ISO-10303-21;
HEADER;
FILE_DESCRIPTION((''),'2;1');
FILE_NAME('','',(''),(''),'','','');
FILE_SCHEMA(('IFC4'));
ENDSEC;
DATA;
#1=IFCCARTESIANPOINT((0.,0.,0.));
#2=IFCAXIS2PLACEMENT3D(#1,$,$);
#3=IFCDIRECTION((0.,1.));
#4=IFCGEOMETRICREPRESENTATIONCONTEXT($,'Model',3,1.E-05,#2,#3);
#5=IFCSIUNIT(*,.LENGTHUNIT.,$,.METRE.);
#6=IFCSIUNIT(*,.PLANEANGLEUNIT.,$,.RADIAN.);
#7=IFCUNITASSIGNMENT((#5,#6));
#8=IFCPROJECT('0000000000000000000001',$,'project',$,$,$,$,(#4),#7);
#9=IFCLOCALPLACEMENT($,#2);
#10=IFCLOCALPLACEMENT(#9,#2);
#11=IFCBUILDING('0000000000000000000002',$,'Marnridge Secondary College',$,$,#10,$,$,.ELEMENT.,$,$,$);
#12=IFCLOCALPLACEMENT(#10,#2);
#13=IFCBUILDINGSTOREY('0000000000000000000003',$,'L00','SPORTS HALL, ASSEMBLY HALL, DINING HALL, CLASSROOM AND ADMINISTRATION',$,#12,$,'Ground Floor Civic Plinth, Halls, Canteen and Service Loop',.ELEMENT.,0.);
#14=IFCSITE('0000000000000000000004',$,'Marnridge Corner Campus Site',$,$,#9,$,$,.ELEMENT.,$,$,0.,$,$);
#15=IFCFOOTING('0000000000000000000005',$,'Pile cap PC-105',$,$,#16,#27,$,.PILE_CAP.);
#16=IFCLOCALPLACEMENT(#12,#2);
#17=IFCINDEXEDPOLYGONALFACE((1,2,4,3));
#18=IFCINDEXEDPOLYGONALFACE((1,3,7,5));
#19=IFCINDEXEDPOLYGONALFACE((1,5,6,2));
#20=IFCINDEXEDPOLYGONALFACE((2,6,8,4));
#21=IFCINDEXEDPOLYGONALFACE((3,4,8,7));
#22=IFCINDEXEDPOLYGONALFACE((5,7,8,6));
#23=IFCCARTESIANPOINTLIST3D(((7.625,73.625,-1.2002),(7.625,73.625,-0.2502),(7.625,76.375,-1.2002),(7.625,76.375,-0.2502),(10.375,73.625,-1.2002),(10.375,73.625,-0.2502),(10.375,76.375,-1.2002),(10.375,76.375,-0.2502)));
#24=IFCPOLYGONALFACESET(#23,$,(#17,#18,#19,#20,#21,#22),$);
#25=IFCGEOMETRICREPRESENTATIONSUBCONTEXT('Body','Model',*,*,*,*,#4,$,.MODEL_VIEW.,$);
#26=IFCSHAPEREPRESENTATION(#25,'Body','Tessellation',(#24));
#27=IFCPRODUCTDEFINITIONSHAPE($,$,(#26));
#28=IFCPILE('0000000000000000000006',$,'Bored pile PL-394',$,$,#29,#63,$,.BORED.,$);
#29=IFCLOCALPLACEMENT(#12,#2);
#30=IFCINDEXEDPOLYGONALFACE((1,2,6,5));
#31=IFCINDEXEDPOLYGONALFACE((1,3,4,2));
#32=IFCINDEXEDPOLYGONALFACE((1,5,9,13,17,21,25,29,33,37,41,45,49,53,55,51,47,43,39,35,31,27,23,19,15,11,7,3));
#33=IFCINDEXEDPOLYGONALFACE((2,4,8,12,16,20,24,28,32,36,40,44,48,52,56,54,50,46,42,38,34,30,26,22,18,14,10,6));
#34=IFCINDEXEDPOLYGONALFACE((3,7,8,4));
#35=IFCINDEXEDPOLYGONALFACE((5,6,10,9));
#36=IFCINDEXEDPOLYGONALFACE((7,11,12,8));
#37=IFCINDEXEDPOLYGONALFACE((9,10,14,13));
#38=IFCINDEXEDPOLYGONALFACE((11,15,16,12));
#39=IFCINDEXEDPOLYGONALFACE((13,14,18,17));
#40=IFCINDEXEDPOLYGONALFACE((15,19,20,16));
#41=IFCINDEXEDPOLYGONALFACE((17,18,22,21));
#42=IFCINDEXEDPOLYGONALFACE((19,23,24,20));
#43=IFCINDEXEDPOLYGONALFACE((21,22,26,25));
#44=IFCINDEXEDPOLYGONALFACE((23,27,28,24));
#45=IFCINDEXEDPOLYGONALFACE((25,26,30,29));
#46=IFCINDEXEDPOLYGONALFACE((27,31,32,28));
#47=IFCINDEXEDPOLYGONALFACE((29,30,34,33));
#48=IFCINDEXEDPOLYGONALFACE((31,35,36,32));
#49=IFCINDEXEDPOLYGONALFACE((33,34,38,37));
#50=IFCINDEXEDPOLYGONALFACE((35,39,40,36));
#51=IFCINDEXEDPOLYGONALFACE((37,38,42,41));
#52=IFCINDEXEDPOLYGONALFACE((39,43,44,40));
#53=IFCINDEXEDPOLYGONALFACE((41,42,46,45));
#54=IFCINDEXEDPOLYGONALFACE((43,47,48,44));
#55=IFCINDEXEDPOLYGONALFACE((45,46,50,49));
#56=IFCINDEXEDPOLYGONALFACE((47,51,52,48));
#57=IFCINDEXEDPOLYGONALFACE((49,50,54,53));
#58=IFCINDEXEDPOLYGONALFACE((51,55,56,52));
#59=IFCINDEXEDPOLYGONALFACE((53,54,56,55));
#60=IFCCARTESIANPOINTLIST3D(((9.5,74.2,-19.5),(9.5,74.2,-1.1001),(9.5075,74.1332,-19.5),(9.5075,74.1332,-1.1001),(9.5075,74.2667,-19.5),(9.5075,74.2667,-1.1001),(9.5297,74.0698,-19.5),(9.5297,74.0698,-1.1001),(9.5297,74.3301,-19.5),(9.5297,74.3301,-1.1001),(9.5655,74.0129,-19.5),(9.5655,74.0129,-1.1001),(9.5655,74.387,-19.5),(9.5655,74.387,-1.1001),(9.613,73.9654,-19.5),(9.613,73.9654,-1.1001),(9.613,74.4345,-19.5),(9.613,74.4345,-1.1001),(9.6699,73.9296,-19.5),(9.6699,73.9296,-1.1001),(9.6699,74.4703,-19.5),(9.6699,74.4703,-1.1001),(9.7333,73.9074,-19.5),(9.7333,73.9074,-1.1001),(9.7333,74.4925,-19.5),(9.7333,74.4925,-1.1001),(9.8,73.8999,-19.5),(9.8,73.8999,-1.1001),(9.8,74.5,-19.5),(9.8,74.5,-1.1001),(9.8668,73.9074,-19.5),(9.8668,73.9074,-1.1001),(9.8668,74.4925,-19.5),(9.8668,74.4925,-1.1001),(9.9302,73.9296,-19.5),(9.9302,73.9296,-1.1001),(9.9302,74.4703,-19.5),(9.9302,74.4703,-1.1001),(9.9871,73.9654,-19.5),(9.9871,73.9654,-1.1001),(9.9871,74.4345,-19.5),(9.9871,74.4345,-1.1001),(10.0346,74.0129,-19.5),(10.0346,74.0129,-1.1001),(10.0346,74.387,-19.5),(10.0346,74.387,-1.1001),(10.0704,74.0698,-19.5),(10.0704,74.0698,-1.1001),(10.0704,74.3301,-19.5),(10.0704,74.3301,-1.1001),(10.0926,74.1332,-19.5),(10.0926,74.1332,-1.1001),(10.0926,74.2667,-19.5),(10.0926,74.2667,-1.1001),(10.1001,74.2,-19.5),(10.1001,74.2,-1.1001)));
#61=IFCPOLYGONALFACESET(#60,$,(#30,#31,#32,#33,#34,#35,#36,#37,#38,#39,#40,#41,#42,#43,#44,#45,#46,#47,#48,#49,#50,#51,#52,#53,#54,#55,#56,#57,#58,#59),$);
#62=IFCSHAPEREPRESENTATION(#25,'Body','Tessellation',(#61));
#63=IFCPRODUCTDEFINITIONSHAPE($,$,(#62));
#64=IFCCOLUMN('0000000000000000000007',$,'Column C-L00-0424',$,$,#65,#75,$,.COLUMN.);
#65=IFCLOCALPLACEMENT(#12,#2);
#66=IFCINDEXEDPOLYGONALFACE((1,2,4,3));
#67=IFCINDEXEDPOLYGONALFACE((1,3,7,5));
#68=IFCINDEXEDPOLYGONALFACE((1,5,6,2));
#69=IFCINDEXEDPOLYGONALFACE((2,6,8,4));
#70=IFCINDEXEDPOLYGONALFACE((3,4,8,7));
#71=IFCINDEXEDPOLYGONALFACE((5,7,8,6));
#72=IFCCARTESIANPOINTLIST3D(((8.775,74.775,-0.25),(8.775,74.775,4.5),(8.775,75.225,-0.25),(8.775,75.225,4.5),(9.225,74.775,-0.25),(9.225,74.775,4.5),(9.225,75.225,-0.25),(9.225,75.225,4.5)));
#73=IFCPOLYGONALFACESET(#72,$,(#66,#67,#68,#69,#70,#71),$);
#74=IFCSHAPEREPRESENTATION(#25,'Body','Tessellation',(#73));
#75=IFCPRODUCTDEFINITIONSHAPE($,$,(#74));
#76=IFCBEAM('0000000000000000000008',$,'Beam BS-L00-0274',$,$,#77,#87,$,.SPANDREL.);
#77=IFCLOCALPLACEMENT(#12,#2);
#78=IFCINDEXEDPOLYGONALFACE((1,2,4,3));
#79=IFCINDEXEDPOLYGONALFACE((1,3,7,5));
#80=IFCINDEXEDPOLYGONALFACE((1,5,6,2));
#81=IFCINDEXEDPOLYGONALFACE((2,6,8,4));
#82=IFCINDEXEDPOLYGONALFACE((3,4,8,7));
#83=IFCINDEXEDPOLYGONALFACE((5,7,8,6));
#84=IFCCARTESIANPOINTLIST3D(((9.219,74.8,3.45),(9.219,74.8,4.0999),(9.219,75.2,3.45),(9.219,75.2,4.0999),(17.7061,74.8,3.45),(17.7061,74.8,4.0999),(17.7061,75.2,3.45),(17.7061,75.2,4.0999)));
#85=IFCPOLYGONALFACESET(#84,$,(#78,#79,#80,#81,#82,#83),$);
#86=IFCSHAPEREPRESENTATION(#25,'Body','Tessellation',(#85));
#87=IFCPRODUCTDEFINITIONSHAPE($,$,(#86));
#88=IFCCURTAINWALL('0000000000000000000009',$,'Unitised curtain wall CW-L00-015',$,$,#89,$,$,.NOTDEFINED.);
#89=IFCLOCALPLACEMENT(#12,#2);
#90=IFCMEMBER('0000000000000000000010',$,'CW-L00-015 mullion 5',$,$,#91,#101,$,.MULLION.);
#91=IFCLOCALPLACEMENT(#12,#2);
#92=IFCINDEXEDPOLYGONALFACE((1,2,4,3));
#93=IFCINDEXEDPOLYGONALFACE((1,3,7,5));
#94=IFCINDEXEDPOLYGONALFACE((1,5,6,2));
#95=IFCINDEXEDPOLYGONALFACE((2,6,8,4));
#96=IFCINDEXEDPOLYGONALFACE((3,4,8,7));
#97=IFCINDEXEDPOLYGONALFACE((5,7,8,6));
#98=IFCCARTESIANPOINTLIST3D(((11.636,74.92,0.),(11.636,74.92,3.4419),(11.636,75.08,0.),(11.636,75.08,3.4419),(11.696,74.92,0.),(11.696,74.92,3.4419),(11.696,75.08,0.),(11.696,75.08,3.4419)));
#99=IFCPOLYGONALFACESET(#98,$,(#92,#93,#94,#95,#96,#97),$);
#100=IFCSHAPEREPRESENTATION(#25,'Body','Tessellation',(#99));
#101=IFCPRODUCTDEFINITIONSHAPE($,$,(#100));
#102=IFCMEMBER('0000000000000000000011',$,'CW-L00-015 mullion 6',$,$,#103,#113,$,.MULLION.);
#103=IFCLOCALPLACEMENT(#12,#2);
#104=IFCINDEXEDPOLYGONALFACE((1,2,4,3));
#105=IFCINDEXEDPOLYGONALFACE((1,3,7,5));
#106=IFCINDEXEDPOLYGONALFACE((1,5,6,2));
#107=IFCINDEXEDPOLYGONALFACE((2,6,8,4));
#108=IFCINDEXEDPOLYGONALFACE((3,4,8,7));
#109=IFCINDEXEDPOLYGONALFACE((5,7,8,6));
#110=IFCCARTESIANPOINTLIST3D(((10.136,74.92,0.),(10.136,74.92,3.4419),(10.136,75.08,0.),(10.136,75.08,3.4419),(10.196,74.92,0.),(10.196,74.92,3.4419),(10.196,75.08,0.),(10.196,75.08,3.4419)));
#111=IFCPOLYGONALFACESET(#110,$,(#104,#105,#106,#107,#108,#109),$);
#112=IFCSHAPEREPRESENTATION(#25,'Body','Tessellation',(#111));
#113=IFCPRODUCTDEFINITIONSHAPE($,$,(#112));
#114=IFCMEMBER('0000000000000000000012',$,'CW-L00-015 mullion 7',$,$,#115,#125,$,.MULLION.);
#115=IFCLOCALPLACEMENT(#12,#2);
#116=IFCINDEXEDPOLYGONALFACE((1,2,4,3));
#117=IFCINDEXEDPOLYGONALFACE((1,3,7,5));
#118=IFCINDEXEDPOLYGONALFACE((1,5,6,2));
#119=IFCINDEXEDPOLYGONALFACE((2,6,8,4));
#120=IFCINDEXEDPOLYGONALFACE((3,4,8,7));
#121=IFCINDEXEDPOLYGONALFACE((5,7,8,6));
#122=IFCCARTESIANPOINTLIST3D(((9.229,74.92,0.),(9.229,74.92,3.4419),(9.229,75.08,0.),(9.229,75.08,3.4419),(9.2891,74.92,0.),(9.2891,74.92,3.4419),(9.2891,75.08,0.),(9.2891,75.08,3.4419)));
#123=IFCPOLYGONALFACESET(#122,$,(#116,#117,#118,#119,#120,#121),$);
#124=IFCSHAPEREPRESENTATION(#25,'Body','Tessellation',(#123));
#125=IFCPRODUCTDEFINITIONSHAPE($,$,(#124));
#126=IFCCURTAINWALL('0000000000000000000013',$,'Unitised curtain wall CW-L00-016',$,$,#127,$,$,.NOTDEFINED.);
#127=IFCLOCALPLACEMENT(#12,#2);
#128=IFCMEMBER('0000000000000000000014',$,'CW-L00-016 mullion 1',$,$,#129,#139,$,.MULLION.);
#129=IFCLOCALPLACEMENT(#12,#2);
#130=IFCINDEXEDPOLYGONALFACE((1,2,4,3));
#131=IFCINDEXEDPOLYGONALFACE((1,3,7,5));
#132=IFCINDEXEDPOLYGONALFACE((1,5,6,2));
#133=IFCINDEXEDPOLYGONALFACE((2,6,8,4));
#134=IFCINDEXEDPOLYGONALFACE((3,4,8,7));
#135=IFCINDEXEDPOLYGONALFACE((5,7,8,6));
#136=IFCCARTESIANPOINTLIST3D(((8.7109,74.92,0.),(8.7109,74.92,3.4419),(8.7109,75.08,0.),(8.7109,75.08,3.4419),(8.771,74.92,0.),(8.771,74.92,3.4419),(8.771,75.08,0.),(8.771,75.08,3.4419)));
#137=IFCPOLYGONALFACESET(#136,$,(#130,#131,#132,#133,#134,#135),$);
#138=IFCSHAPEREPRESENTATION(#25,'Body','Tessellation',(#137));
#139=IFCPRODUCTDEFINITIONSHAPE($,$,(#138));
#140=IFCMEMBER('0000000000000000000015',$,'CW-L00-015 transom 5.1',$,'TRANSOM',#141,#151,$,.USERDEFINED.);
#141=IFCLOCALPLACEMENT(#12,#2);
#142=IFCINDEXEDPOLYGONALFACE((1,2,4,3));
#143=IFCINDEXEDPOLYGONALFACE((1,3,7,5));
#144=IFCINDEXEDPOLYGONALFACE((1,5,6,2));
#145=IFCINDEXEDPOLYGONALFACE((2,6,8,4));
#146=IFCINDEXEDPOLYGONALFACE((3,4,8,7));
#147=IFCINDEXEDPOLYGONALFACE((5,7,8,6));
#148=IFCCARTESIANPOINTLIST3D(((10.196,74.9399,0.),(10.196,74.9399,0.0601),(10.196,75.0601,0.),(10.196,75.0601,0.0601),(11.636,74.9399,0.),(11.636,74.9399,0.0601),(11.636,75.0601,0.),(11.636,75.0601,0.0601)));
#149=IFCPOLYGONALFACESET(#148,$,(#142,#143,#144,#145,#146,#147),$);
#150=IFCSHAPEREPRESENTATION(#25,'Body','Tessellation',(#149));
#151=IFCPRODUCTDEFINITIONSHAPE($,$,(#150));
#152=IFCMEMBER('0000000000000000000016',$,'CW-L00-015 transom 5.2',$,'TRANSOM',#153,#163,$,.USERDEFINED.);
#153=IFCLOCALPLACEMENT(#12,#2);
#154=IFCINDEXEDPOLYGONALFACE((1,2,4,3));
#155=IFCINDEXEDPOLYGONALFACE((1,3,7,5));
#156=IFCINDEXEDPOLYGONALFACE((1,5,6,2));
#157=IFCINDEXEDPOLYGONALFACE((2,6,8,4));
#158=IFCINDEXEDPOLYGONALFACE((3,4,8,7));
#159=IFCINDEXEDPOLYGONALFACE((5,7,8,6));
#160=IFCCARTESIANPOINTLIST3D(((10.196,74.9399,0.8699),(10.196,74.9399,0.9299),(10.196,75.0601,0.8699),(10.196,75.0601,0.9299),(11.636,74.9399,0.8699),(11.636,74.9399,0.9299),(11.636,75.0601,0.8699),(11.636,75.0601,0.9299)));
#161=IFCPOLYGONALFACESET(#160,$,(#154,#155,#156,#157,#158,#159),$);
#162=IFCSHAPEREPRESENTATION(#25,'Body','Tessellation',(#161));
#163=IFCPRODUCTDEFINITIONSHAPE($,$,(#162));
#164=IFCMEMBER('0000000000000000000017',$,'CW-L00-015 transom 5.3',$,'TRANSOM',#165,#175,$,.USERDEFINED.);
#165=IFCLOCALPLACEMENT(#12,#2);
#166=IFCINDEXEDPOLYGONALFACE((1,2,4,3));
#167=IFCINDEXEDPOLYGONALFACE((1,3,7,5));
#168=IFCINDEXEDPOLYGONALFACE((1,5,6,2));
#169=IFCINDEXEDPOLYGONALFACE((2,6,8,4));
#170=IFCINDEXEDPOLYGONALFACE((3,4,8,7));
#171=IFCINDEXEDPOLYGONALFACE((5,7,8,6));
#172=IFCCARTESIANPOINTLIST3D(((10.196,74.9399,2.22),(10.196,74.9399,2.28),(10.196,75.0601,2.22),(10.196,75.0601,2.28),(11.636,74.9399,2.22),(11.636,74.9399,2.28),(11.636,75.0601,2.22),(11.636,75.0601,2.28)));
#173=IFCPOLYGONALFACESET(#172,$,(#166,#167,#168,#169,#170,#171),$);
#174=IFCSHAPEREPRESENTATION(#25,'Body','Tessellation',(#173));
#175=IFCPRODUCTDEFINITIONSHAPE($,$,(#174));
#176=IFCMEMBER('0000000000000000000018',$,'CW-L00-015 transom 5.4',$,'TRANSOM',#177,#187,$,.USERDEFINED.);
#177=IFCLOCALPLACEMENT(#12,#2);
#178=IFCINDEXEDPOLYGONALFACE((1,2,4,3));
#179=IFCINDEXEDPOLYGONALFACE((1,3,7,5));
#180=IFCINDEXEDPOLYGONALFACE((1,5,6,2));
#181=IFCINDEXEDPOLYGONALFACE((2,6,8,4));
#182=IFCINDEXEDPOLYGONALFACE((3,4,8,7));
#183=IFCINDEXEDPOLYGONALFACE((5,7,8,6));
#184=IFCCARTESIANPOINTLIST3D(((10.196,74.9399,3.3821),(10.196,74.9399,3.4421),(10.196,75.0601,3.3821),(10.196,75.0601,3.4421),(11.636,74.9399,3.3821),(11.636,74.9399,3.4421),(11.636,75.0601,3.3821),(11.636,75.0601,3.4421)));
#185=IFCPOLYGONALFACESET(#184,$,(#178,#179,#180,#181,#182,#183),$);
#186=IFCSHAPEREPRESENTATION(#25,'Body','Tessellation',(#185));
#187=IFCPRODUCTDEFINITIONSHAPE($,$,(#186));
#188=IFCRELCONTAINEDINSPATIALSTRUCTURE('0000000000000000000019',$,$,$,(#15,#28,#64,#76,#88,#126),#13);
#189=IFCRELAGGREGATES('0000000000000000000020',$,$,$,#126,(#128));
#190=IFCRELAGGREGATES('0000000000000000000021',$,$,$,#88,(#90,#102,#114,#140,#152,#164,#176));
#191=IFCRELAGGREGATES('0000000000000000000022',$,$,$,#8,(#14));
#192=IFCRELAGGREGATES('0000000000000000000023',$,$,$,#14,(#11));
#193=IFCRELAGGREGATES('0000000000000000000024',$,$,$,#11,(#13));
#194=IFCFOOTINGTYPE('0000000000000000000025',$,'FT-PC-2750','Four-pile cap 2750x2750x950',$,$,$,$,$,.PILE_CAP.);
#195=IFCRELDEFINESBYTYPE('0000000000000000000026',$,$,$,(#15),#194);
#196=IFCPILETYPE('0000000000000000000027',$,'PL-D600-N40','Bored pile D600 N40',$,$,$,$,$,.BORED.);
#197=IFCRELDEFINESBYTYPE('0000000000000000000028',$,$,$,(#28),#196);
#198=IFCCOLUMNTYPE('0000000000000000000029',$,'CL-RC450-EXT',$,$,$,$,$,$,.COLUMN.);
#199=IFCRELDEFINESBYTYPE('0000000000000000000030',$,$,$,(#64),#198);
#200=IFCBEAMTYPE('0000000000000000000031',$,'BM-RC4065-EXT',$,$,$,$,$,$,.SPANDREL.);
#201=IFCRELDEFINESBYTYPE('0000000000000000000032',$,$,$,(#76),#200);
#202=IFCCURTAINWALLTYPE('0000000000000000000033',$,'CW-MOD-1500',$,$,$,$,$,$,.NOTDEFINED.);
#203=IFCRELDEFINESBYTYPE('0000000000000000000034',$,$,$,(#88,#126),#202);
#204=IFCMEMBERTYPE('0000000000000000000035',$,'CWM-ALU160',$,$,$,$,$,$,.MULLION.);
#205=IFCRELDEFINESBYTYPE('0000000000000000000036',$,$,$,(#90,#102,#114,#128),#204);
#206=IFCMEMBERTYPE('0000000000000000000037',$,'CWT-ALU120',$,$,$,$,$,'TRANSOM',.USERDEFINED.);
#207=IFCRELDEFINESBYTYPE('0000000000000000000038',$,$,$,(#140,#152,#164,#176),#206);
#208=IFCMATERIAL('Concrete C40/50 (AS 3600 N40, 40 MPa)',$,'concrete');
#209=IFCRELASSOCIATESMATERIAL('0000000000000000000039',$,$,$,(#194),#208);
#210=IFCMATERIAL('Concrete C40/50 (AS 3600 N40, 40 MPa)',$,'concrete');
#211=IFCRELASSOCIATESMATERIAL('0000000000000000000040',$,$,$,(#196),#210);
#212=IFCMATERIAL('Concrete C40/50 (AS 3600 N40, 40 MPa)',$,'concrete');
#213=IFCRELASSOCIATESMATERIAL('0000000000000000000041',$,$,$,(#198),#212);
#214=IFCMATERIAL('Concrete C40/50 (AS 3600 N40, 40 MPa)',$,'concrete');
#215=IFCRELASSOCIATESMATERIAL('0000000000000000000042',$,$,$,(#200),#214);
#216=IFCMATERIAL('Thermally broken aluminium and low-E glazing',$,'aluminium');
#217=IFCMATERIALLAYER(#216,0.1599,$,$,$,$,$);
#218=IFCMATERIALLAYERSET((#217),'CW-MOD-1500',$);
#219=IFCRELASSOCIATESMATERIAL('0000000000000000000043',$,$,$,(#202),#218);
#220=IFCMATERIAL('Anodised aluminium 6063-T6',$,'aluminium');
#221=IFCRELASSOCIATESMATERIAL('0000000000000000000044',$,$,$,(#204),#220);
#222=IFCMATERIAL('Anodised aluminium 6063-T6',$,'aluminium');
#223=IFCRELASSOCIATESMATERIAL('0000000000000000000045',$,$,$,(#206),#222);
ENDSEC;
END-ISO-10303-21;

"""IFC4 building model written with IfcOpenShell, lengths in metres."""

from ifc_helpers import new_model, si_unit, direction, frame, origin, origin_2d, place, context, subcontext, project, spatial, rectangle, circle, extrude, material, layer, layer_set, material_profile, profile_set, type_object, element, aggregate, save


model = new_model("IFC4")

# Units and contexts
model_context = context("Model", 3, precision=1e-05, world=origin(), true_north=direction((0.0, 1.0)))
body_context = subcontext(model_context, "Body", "Model", "MODEL_VIEW")
ifc_project = project(units=[si_unit("LENGTHUNIT", "METRE"), si_unit("PLANEANGLEUNIT", "RADIAN")], contexts=[model_context])

# Site, building, storey
site_placement = place(None, origin())
site = spatial("IfcSite", under=ifc_project, at=site_placement, Name="Marnridge Corner Campus Site", CompositionType="ELEMENT", RefElevation=0.0)
building_placement = place(site_placement, origin())
building = spatial("IfcBuilding", under=site, at=building_placement, Name="Marnridge Secondary College", CompositionType="ELEMENT")
storey_placement = place(building_placement, origin())
storey = spatial("IfcBuildingStorey", under=building, at=storey_placement, Name="L00", Description="SPORTS HALL, ASSEMBLY HALL, DINING HALL, CLASSROOM AND ADMINISTRATION", LongName="Ground Floor Civic Plinth, Halls, Canteen and Service Loop", CompositionType="ELEMENT", Elevation=0.0)

# Footing
ifc_material_1 = material(Name="Concrete C40/50 (AS 3600 N40, 40 MPa)", Category="concrete")
footing_type = type_object("IfcFootingType", Name="FT-PC-2750", Description="Four-pile cap 2750x2750x950", PredefinedType="PILE_CAP", material=ifc_material_1)
footing_placement = place(storey_placement, frame((9.0, 75.0, -1.2002), z_axis=(0.0, 0.0, 1.0), x_axis=(1.0, 0.0, 0.0)))
element("IfcFooting", 1, at=footing_placement, inside=storey, type_object=footing_type, Name="Pile cap PC-105", PredefinedType="PILE_CAP", context=body_context, shape_type="SweptSolid", body=[
    extrude(rectangle(XDim=2.75, YDim=2.75, at=origin_2d()), origin(), (0.0, 0.0, 1.0), 0.95),
])

# Pile
ifc_material_2 = material(Name="Concrete C40/50 (AS 3600 N40, 40 MPa)", Category="concrete")
ifc_material_profile_1 = material_profile(ifc_material_2, circle(Radius=0.3, at=origin_2d()), Name="PILE D600")
ifc_profile_set_1 = profile_set([ifc_material_profile_1], Name="Concrete C40/50 (AS 3600 N40, 40 MPa)")
pile_type = type_object("IfcPileType", Name="PL-D600-N40", Description="Bored pile D600 N40", PredefinedType="BORED", material=ifc_profile_set_1)
pile_placement = place(storey_placement, frame((9.8, 74.2, -1.1001), z_axis=(0.0, 0.0, -1.0), x_axis=(1.0, 0.0, 0.0)))
element("IfcPile", 2, at=pile_placement, inside=storey, type_object=pile_type, Name="Bored pile PL-394", PredefinedType="BORED", context=body_context, shape_type="SweptSolid", body=[
    extrude(circle(Radius=0.3, at=origin_2d()), origin(), (0.0, 0.0, 1.0), 18.3999),
])

# Column
ifc_material_3 = material(Name="Concrete C40/50 (AS 3600 N40, 40 MPa)", Category="concrete")
ifc_material_profile_2 = material_profile(ifc_material_3, rectangle(XDim=0.45, YDim=0.45, at=origin_2d()), Name="RC 450x450")
ifc_profile_set_2 = profile_set([ifc_material_profile_2], Name="Concrete C40/50 (AS 3600 N40, 40 MPa)")
column_type = type_object("IfcColumnType", Name="CL-RC450-EXT", PredefinedType="COLUMN", material=ifc_profile_set_2)
column_placement = place(storey_placement, frame((9.0, 75.0, -0.25), z_axis=(0.0, 0.0, 1.0), x_axis=(1.0, 0.0, 0.0)))
element("IfcColumn", 3, at=column_placement, inside=storey, type_object=column_type, Name="Column C-L00-0424", PredefinedType="COLUMN", context=body_context, shape_type="SweptSolid", body=[
    extrude(rectangle(XDim=0.45, YDim=0.45, at=origin_2d()), origin(), (0.0, 0.0, 1.0), 4.75),
])

# Beam
ifc_material_4 = material(Name="Concrete C40/50 (AS 3600 N40, 40 MPa)", Category="concrete")
ifc_material_profile_3 = material_profile(ifc_material_4, rectangle(XDim=0.3999, YDim=0.6499, at=origin_2d()), Name="RC 400x650")
ifc_profile_set_3 = profile_set([ifc_material_profile_3], Name="Concrete C40/50 (AS 3600 N40, 40 MPa)")
beam_type = type_object("IfcBeamType", Name="BM-RC4065-EXT", PredefinedType="SPANDREL", material=ifc_profile_set_3)
beam_placement = place(storey_placement, frame((9.219, 75.0, 3.7749), z_axis=(1.0, 0.0, 0.0), x_axis=(0.0, 1.0, 0.0)))
element("IfcBeam", 4, at=beam_placement, inside=storey, type_object=beam_type, Name="Beam BS-L00-0274", PredefinedType="SPANDREL", context=body_context, shape_type="SweptSolid", body=[
    extrude(rectangle(XDim=0.3999, YDim=0.6499, at=origin_2d()), origin(), (0.0, 0.0, 1.0), 8.4871),
])

# Curtain wall, members
ifc_material_5 = material(Name="Thermally broken aluminium and low-E glazing", Category="aluminium")
ifc_layer_1 = layer(ifc_material_5, 0.1599)
ifc_layer_set_1 = layer_set([ifc_layer_1], Name="CW-MOD-1500")
curtain_wall_type = type_object("IfcCurtainWallType", Name="CW-MOD-1500", PredefinedType="NOTDEFINED", material=ifc_layer_set_1)
curtain_wall_1_placement = place(storey_placement, origin())
curtain_wall_1 = element("IfcCurtainWall", 5, at=curtain_wall_1_placement, inside=storey, type_object=curtain_wall_type, Name="Unitised curtain wall CW-L00-015", PredefinedType="NOTDEFINED")
ifc_material_6 = material(Name="Anodised aluminium 6063-T6", Category="aluminium")
ifc_material_profile_4 = material_profile(ifc_material_6, rectangle(XDim=0.0601, YDim=0.1599, at=origin_2d()), Name="ALU 60x160")
ifc_profile_set_4 = profile_set([ifc_material_profile_4], Name="Anodised aluminium 6063-T6")
member_type_1 = type_object("IfcMemberType", Name="CWM-ALU160", PredefinedType="MULLION", material=ifc_profile_set_4)
member_1_placement = place(storey_placement, frame((11.666, 75.0, 0.0), z_axis=(0.0, 0.0, 1.0), x_axis=(-1.0, 0.0, 0.0)))
member_1 = element("IfcMember", 6, at=member_1_placement, type_object=member_type_1, Name="CW-L00-015 mullion 5", PredefinedType="MULLION", context=body_context, shape_type="SweptSolid", body=[
    extrude(rectangle(XDim=0.0601, YDim=0.1599, at=origin_2d()), origin(), (0.0, 0.0, 1.0), 3.4419),
])
member_2_placement = place(storey_placement, frame((10.166, 75.0, 0.0), z_axis=(0.0, 0.0, 1.0), x_axis=(-1.0, 0.0, 0.0)))
member_2 = element("IfcMember", 7, at=member_2_placement, type_object=member_type_1, Name="CW-L00-015 mullion 6", PredefinedType="MULLION", context=body_context, shape_type="SweptSolid", body=[
    extrude(rectangle(XDim=0.0601, YDim=0.1599, at=origin_2d()), origin(), (0.0, 0.0, 1.0), 3.4419),
])
member_3_placement = place(storey_placement, frame((9.259, 75.0, 0.0), z_axis=(0.0, 0.0, 1.0), x_axis=(-1.0, 0.0, 0.0)))
member_3 = element("IfcMember", 8, at=member_3_placement, type_object=member_type_1, Name="CW-L00-015 mullion 7", PredefinedType="MULLION", context=body_context, shape_type="SweptSolid", body=[
    extrude(rectangle(XDim=0.0601, YDim=0.1599, at=origin_2d()), origin(), (0.0, 0.0, 1.0), 3.4419),
])

# Curtain wall, member
curtain_wall_2_placement = place(storey_placement, origin())
curtain_wall_2 = element("IfcCurtainWall", 9, at=curtain_wall_2_placement, inside=storey, type_object=curtain_wall_type, Name="Unitised curtain wall CW-L00-016", PredefinedType="NOTDEFINED")
member_4_placement = place(storey_placement, frame((8.741, 75.0, 0.0), z_axis=(0.0, 0.0, 1.0), x_axis=(-1.0, 0.0, 0.0)))
member_4 = element("IfcMember", 10, at=member_4_placement, type_object=member_type_1, Name="CW-L00-016 mullion 1", PredefinedType="MULLION", context=body_context, shape_type="SweptSolid", body=[
    extrude(rectangle(XDim=0.0601, YDim=0.1599, at=origin_2d()), origin(), (0.0, 0.0, 1.0), 3.4419),
])

# Members
ifc_material_7 = material(Name="Anodised aluminium 6063-T6", Category="aluminium")
ifc_material_profile_5 = material_profile(ifc_material_7, rectangle(XDim=0.0601, YDim=0.1201, at=origin_2d()), Name="ALU 60x120")
ifc_profile_set_5 = profile_set([ifc_material_profile_5], Name="Anodised aluminium 6063-T6")
member_type_2 = type_object("IfcMemberType", Name="CWT-ALU120", ElementType="TRANSOM", PredefinedType="USERDEFINED", material=ifc_profile_set_5)
member_5_placement = place(storey_placement, frame((11.636, 75.0, 0.03), z_axis=(-1.0, 0.0, 0.0), x_axis=(0.0, 0.0, 1.0)))
member_5 = element("IfcMember", 11, at=member_5_placement, type_object=member_type_2, Name="CW-L00-015 transom 5.1", ObjectType="TRANSOM", PredefinedType="USERDEFINED", context=body_context, shape_type="SweptSolid", body=[
    extrude(rectangle(XDim=0.0601, YDim=0.1201, at=origin_2d()), origin(), (0.0, 0.0, 1.0), 1.4399),
])
member_6_placement = place(storey_placement, frame((11.636, 75.0, 0.8999), z_axis=(-1.0, 0.0, 0.0), x_axis=(0.0, 0.0, 1.0)))
member_6 = element("IfcMember", 12, at=member_6_placement, type_object=member_type_2, Name="CW-L00-015 transom 5.2", ObjectType="TRANSOM", PredefinedType="USERDEFINED", context=body_context, shape_type="SweptSolid", body=[
    extrude(rectangle(XDim=0.0601, YDim=0.1201, at=origin_2d()), origin(), (0.0, 0.0, 1.0), 1.4399),
])
member_7_placement = place(storey_placement, frame((11.636, 75.0, 2.25), z_axis=(-1.0, 0.0, 0.0), x_axis=(0.0, 0.0, 1.0)))
member_7 = element("IfcMember", 13, at=member_7_placement, type_object=member_type_2, Name="CW-L00-015 transom 5.3", ObjectType="TRANSOM", PredefinedType="USERDEFINED", context=body_context, shape_type="SweptSolid", body=[
    extrude(rectangle(XDim=0.0601, YDim=0.1201, at=origin_2d()), origin(), (0.0, 0.0, 1.0), 1.4399),
])
member_8_placement = place(storey_placement, frame((11.636, 75.0, 3.4121), z_axis=(-1.0, 0.0, 0.0), x_axis=(0.0, 0.0, 1.0)))
member_8 = element("IfcMember", 14, at=member_8_placement, type_object=member_type_2, Name="CW-L00-015 transom 5.4", ObjectType="TRANSOM", PredefinedType="USERDEFINED", context=body_context, shape_type="SweptSolid", body=[
    extrude(rectangle(XDim=0.0601, YDim=0.1201, at=origin_2d()), origin(), (0.0, 0.0, 1.0), 1.4399),
])
aggregate(curtain_wall_2, [member_4])

aggregate(curtain_wall_1, [member_1, member_2, member_3, member_5, member_6, member_7, member_8])

save(model, "model.ifc")
